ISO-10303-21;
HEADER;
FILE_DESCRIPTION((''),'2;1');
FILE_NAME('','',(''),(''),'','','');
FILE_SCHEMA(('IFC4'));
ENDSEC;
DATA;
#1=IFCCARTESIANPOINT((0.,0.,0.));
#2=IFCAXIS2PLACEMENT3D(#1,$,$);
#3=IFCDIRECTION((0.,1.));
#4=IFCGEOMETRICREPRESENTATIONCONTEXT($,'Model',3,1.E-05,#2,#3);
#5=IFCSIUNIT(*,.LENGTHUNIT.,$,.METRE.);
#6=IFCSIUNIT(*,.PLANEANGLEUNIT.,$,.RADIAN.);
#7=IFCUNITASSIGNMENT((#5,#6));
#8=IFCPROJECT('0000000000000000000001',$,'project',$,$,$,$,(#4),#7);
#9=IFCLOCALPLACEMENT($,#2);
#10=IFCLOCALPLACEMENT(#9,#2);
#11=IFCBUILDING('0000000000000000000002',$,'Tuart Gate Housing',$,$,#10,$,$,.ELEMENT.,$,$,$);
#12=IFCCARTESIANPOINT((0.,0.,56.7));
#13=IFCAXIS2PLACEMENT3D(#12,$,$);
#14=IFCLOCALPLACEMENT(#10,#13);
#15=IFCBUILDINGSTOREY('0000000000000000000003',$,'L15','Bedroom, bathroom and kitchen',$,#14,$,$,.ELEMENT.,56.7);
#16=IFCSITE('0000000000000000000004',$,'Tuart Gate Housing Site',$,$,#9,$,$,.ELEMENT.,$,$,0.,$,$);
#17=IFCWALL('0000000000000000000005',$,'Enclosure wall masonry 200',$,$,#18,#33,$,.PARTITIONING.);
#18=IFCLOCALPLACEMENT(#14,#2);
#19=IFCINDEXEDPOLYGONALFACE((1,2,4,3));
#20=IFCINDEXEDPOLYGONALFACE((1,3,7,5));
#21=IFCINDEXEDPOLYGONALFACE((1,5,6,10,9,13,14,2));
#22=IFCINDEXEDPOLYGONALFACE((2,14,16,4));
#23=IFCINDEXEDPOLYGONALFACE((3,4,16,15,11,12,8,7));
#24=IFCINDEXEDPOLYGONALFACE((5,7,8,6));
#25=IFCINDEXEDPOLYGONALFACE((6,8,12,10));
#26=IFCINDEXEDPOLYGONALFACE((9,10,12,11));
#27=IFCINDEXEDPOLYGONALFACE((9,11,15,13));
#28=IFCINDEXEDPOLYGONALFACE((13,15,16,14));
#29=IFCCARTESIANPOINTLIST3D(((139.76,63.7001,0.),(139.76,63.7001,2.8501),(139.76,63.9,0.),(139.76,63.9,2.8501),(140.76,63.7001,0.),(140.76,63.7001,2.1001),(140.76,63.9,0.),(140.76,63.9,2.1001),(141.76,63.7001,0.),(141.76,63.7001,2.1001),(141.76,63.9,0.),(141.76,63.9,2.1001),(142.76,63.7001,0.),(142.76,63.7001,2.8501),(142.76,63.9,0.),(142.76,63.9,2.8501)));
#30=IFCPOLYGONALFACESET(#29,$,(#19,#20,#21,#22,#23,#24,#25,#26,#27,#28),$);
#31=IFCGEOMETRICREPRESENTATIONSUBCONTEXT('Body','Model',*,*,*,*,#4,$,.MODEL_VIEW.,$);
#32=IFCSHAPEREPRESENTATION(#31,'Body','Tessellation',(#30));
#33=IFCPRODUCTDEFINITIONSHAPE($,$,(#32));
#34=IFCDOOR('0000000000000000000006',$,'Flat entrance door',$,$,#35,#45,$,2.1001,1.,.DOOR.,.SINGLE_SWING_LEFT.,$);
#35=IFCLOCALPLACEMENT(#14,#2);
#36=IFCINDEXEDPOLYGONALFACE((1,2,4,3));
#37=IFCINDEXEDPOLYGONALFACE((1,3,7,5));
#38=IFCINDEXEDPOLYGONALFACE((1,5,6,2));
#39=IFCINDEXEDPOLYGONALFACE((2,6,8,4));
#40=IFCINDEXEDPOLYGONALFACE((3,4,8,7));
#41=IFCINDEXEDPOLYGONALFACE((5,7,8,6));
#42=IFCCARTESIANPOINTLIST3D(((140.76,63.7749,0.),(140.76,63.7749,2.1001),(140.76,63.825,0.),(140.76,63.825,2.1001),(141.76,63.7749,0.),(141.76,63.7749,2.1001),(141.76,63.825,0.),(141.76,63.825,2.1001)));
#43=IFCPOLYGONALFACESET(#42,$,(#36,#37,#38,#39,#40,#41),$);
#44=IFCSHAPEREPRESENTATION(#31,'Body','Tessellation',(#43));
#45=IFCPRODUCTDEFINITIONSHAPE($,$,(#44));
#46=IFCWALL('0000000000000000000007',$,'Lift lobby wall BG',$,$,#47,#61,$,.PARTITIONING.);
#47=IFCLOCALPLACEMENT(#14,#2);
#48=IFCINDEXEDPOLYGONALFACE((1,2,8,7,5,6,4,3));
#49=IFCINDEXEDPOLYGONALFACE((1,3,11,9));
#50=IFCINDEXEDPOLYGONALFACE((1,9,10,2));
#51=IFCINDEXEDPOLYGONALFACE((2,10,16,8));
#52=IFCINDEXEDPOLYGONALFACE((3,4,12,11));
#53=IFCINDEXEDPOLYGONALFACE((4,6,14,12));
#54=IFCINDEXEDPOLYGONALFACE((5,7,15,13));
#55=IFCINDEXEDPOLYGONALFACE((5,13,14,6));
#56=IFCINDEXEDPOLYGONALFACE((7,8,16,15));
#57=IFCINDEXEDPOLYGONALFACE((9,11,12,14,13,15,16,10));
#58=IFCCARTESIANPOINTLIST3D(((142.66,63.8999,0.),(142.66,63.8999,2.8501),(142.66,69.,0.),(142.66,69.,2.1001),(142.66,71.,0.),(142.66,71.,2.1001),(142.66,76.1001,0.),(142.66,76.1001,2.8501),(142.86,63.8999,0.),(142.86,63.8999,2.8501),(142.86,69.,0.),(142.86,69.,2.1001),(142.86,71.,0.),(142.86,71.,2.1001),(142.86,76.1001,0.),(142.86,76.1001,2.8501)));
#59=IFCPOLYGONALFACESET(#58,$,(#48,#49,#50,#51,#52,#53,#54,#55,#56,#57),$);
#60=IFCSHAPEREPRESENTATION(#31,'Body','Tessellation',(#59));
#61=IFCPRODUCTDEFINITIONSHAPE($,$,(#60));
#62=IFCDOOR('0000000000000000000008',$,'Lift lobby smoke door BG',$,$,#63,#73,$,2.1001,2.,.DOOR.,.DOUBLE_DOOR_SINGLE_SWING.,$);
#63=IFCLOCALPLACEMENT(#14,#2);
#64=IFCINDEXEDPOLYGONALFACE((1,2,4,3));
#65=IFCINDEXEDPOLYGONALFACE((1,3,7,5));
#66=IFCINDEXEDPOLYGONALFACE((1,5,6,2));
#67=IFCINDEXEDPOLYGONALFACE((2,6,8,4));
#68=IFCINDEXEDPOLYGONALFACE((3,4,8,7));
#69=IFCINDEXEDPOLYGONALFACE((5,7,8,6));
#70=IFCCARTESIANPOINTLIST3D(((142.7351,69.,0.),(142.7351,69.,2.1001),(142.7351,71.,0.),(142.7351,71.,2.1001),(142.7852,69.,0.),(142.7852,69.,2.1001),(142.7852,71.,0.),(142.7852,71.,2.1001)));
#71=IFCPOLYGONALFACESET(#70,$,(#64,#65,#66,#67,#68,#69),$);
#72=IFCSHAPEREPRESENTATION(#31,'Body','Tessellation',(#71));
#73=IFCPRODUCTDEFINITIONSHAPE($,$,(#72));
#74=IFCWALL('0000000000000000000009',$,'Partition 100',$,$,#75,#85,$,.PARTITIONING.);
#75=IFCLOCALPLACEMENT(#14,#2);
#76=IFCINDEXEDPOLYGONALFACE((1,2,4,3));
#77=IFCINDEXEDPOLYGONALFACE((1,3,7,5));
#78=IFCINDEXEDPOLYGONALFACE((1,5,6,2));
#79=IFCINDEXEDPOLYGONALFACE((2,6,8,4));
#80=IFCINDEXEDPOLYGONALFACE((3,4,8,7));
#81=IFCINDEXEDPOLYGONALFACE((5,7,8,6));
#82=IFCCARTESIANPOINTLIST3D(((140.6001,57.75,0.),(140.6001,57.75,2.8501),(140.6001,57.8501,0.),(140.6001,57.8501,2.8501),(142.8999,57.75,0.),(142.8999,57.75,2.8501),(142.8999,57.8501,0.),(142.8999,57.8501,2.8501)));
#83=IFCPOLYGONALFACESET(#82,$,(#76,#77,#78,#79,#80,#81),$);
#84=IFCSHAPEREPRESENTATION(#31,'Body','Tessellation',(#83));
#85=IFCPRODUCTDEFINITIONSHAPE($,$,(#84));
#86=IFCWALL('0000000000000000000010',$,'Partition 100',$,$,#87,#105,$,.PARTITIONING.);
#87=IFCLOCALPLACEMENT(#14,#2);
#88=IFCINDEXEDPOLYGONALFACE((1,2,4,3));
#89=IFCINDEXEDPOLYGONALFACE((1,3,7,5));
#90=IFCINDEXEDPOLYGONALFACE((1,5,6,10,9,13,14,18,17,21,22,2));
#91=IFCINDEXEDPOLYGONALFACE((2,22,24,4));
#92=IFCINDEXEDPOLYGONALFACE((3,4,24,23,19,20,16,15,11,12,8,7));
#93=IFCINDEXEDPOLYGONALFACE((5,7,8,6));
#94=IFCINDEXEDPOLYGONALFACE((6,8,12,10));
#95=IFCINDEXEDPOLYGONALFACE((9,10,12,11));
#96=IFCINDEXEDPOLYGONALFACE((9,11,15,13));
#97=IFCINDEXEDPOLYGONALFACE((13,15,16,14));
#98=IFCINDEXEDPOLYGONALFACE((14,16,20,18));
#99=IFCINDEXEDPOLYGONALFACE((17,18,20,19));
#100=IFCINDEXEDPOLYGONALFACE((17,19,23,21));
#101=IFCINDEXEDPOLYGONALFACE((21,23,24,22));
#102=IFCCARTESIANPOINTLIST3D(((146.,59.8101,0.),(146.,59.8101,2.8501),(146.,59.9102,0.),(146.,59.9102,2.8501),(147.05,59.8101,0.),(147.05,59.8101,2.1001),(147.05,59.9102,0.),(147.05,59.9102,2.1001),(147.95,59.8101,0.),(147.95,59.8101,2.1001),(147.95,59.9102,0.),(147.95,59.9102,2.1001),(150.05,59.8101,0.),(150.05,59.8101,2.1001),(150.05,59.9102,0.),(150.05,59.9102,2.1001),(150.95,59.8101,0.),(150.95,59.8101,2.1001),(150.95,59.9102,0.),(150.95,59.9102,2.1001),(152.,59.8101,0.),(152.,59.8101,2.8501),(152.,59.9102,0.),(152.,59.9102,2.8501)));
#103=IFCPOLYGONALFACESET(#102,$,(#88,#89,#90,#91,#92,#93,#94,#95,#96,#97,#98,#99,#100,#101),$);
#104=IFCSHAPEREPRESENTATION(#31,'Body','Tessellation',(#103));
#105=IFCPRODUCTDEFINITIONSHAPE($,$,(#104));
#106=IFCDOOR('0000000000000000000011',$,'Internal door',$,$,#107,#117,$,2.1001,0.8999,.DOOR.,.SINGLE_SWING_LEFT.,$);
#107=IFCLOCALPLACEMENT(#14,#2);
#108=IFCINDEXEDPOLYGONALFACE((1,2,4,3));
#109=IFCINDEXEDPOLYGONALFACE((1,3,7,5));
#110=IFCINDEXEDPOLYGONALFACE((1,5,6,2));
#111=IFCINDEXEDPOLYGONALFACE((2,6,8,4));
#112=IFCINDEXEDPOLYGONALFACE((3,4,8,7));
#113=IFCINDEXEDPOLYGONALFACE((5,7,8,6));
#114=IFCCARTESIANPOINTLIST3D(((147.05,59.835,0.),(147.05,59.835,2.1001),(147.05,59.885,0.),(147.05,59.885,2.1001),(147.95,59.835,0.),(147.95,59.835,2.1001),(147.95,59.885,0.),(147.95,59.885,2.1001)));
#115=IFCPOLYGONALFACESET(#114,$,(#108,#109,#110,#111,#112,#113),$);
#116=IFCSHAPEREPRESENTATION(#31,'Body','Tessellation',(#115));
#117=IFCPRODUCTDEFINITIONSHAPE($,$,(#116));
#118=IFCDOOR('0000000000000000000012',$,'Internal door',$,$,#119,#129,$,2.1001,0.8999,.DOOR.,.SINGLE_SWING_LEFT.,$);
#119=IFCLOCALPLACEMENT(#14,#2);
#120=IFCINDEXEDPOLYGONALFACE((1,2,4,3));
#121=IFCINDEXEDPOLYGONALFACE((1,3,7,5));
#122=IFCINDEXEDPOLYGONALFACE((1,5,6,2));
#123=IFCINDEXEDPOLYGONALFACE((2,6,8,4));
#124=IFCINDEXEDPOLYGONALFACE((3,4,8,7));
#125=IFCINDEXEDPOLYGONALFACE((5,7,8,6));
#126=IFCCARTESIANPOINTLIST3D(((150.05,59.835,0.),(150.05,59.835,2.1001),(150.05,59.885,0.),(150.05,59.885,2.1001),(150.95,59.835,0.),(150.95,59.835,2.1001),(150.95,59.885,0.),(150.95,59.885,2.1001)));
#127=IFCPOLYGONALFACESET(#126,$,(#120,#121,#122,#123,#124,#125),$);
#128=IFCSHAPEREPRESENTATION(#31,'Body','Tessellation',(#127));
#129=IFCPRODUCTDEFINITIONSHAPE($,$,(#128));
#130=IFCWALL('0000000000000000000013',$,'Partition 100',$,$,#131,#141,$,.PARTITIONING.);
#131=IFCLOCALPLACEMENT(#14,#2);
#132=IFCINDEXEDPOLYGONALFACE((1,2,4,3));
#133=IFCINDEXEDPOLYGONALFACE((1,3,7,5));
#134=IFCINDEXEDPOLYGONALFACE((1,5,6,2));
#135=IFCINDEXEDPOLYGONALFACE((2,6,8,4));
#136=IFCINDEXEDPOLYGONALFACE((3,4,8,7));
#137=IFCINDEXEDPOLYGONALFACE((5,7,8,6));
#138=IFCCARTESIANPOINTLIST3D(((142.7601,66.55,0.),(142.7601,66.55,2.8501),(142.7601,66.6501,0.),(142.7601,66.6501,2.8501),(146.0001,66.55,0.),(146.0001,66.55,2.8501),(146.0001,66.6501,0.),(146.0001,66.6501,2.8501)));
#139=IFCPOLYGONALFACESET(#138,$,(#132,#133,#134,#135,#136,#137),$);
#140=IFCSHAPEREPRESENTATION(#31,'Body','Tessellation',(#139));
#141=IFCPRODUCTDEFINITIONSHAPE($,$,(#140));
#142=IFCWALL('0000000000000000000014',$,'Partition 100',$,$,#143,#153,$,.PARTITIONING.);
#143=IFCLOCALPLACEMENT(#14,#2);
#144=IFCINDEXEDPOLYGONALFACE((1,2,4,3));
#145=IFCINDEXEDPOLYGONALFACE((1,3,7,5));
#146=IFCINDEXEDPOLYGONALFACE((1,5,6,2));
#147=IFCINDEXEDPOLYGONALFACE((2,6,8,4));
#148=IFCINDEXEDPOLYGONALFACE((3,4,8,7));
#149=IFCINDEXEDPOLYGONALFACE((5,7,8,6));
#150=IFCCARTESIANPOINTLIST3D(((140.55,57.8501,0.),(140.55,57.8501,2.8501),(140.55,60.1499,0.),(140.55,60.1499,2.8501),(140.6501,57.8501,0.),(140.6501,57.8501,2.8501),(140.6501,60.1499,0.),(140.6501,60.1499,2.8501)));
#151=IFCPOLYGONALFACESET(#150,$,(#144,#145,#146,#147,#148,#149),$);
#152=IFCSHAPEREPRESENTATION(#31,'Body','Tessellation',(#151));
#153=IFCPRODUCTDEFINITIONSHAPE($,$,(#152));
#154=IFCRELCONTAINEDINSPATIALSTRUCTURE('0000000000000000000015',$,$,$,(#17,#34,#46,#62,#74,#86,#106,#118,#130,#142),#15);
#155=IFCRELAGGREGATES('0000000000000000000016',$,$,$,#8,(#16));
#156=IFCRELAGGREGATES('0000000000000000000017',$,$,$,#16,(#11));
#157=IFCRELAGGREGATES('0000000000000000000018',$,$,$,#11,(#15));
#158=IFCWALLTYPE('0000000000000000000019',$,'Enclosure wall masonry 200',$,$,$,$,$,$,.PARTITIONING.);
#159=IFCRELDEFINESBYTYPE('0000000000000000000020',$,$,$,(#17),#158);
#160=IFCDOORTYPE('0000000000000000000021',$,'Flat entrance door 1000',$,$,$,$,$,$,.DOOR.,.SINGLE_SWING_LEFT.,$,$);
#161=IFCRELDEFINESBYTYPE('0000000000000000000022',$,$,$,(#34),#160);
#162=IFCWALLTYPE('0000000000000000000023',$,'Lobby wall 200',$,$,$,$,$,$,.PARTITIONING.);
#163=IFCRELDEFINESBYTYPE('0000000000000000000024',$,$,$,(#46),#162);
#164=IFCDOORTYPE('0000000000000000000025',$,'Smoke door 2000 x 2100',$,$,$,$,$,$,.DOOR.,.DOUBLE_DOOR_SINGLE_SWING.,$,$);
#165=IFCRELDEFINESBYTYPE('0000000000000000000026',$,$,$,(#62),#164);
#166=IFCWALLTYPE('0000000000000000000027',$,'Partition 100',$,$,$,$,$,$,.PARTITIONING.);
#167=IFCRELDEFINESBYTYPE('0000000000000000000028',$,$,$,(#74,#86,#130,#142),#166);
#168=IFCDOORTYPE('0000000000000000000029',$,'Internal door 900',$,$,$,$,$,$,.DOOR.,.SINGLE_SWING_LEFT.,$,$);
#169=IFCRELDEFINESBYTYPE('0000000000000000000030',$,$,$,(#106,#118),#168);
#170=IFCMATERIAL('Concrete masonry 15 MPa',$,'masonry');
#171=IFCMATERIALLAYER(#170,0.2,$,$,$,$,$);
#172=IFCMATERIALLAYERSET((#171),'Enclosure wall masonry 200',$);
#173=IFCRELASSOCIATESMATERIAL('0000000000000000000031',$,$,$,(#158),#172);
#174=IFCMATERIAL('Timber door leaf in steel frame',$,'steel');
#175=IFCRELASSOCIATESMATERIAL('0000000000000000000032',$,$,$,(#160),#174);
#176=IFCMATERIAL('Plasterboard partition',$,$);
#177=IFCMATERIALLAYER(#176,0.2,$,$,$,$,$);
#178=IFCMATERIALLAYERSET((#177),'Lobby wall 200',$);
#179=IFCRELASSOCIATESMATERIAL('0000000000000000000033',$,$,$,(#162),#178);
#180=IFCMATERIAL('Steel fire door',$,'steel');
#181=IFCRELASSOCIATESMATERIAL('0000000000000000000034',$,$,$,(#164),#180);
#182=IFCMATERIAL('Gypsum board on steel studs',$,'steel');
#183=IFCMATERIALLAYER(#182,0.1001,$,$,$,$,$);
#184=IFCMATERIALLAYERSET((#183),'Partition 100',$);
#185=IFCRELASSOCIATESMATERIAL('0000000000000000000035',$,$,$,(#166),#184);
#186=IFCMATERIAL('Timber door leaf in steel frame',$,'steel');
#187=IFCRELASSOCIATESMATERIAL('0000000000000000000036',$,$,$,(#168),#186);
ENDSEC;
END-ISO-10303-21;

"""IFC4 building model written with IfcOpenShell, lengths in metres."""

from ifc_helpers import new_model, si_unit, direction, frame, frame_2d, origin, place, context, subcontext, project, spatial, rectangle, extrude, material, layer, layer_set, type_object, element, fill, save


model = new_model("IFC4")

# Units and contexts
model_context = context("Model", 3, precision=1e-05, world=origin(), true_north=direction((0.0, 1.0)))
body_context = subcontext(model_context, "Body", "Model", "MODEL_VIEW")
ifc_project = project(units=[si_unit("LENGTHUNIT", "METRE"), si_unit("PLANEANGLEUNIT", "RADIAN")], contexts=[model_context])

# Site, building, storey
site_placement = place(None, origin())
site = spatial("IfcSite", under=ifc_project, at=site_placement, Name="Tuart Gate Housing Site", CompositionType="ELEMENT", RefElevation=0.0)
building_placement = place(site_placement, origin())
building = spatial("IfcBuilding", under=site, at=building_placement, Name="Tuart Gate Housing", CompositionType="ELEMENT")
storey_placement = place(building_placement, frame((0.0, 0.0, 56.7)))
storey = spatial("IfcBuildingStorey", under=building, at=storey_placement, Name="L15", Description="Bedroom, bathroom and kitchen", CompositionType="ELEMENT", Elevation=56.7)

# Walls, openings, doors
ifc_material_1 = material(Name="Concrete masonry 15 MPa", Category="masonry")
ifc_layer_1 = layer(ifc_material_1, 0.2)
ifc_layer_set_1 = layer_set([ifc_layer_1], Name="Enclosure wall masonry 200")
wall_type_1 = type_object("IfcWallType", Name="Enclosure wall masonry 200", PredefinedType="PARTITIONING", material=ifc_layer_set_1)
wall_1_placement = place(storey_placement, frame((139.76, 63.8, 0.0), z_axis=(0.0, 0.0, 1.0), x_axis=(1.0, 0.0, 0.0)))
wall_1 = element("IfcWall", 1, at=wall_1_placement, inside=storey, type_object=wall_type_1, Name="Enclosure wall masonry 200", PredefinedType="PARTITIONING", context=body_context, shape_type="SweptSolid", body=[
    extrude(rectangle(XDim=3.0, YDim=0.2, at=frame_2d((1.5, 0.0))), origin(), (0.0, 0.0, 1.0), 2.8501),
])
opening_1_placement = place(wall_1_placement, frame((1.0, 0.0, 0.0)))
opening_1 = element("IfcOpeningElement", 2, at=opening_1_placement, cuts=wall_1, PredefinedType="OPENING", context=body_context, shape_type="SweptSolid", body=[
    extrude(rectangle(XDim=1.0, YDim=2.1001, at=frame_2d((0.5, 1.05))), frame((0.0, 0.1099, 0.0), z_axis=(0.0, -1.0, 0.0), x_axis=(1.0, 0.0, 0.0)), (0.0, 0.0, 1.0), 0.22),
])
ifc_material_2 = material(Name="Timber door leaf in steel frame", Category="steel")
door_type_1 = type_object("IfcDoorType", Name="Flat entrance door 1000", OperationType="SINGLE_SWING_LEFT", PredefinedType="DOOR", material=ifc_material_2)
door_1_placement = place(opening_1_placement, frame((1.0, 0.0, 0.0), z_axis=(0.0, 0.0, 1.0), x_axis=(-1.0, 0.0, 0.0)))
door_1 = element("IfcDoor", 3, at=door_1_placement, inside=storey, type_object=door_type_1, Name="Flat entrance door", OperationType="SINGLE_SWING_LEFT", OverallHeight=2.1001, OverallWidth=1.0, PredefinedType="DOOR", context=body_context, shape_type="SweptSolid", body=[
    extrude(rectangle(XDim=1.0, YDim=2.1001, at=frame_2d((0.5, 1.05))), frame((0.0, 0.0251, 0.0), z_axis=(0.0, -1.0, 0.0), x_axis=(1.0, 0.0, 0.0)), (0.0, 0.0, 1.0), 0.05),
])
fill(opening_1, door_1)
ifc_material_3 = material(Name="Plasterboard partition")
ifc_layer_2 = layer(ifc_material_3, 0.2)
ifc_layer_set_2 = layer_set([ifc_layer_2], Name="Lobby wall 200")
wall_type_2 = type_object("IfcWallType", Name="Lobby wall 200", PredefinedType="PARTITIONING", material=ifc_layer_set_2)
wall_2_placement = place(storey_placement, frame((142.76, 63.8999, 0.0), z_axis=(0.0, 0.0, 1.0), x_axis=(0.0, 1.0, 0.0)))
wall_2 = element("IfcWall", 4, at=wall_2_placement, inside=storey, type_object=wall_type_2, Name="Lift lobby wall BG", PredefinedType="PARTITIONING", context=body_context, shape_type="SweptSolid", body=[
    extrude(rectangle(XDim=12.2002, YDim=0.2, at=frame_2d((6.1001, 0.0))), origin(), (0.0, 0.0, 1.0), 2.8501),
])
opening_2_placement = place(wall_2_placement, frame((5.1001, 0.0, 0.0)))
opening_2 = element("IfcOpeningElement", 5, at=opening_2_placement, cuts=wall_2, PredefinedType="OPENING", context=body_context, shape_type="SweptSolid", body=[
    extrude(rectangle(XDim=2.0, YDim=2.1001, at=frame_2d((1.0, 1.05))), frame((0.0, 0.1099, 0.0), z_axis=(0.0, -1.0, 0.0), x_axis=(1.0, 0.0, 0.0)), (0.0, 0.0, 1.0), 0.22),
])
ifc_material_4 = material(Name="Steel fire door", Category="steel")
door_type_2 = type_object("IfcDoorType", Name="Smoke door 2000 x 2100", OperationType="DOUBLE_DOOR_SINGLE_SWING", PredefinedType="DOOR", material=ifc_material_4)
door_2_placement = place(opening_2_placement, origin())
door_2 = element("IfcDoor", 6, at=door_2_placement, inside=storey, type_object=door_type_2, Name="Lift lobby smoke door BG", OperationType="DOUBLE_DOOR_SINGLE_SWING", OverallHeight=2.1001, OverallWidth=2.0, PredefinedType="DOOR", context=body_context, shape_type="SweptSolid", body=[
    extrude(rectangle(XDim=2.0, YDim=2.1001, at=frame_2d((1.0, 1.05))), frame((0.0, 0.0249, 0.0), z_axis=(0.0, -1.0, 0.0), x_axis=(1.0, 0.0, 0.0)), (0.0, 0.0, 1.0), 0.05),
])
fill(opening_2, door_2)

# Wall
ifc_material_5 = material(Name="Gypsum board on steel studs", Category="steel")
ifc_layer_3 = layer(ifc_material_5, 0.1001)
ifc_layer_set_3 = layer_set([ifc_layer_3], Name="Partition 100")
wall_type_3 = type_object("IfcWallType", Name="Partition 100", PredefinedType="PARTITIONING", material=ifc_layer_set_3)
wall_3_placement = place(storey_placement, frame((140.6001, 57.8, 0.0), z_axis=(0.0, 0.0, 1.0), x_axis=(1.0, 0.0, 0.0)))
element("IfcWall", 7, at=wall_3_placement, inside=storey, type_object=wall_type_3, Name="Partition 100", PredefinedType="PARTITIONING", context=body_context, shape_type="SweptSolid", body=[
    extrude(rectangle(XDim=2.2998, YDim=0.1001, at=frame_2d((1.1499, 0.0))), origin(), (0.0, 0.0, 1.0), 2.8501),
])

# Wall, openings, doors
wall_4_placement = place(storey_placement, frame((146.0, 59.8601, 0.0), z_axis=(0.0, 0.0, 1.0), x_axis=(1.0, 0.0, 0.0)))
wall_4 = element("IfcWall", 8, at=wall_4_placement, inside=storey, type_object=wall_type_3, Name="Partition 100", PredefinedType="PARTITIONING", context=body_context, shape_type="SweptSolid", body=[
    extrude(rectangle(XDim=6.0, YDim=0.1001, at=frame_2d((3.0, 0.0))), origin(), (0.0, 0.0, 1.0), 2.8501),
])
opening_3_placement = place(wall_4_placement, frame((1.05, 0.0, 0.0)))
opening_3 = element("IfcOpeningElement", 9, at=opening_3_placement, cuts=wall_4, PredefinedType="OPENING", context=body_context, shape_type="SweptSolid", body=[
    extrude(rectangle(XDim=0.8999, YDim=2.1001, at=frame_2d((0.45, 1.05))), frame((0.0, 0.0601, 0.0), z_axis=(0.0, -1.0, 0.0), x_axis=(1.0, 0.0, 0.0)), (0.0, 0.0, 1.0), 0.1201),
])
opening_4_placement = place(wall_4_placement, frame((4.05, 0.0, 0.0)))
opening_4 = element("IfcOpeningElement", 10, at=opening_4_placement, cuts=wall_4, PredefinedType="OPENING", context=body_context, shape_type="SweptSolid", body=[
    extrude(rectangle(XDim=0.8999, YDim=2.1001, at=frame_2d((0.45, 1.05))), frame((0.0, 0.0601, 0.0), z_axis=(0.0, -1.0, 0.0), x_axis=(1.0, 0.0, 0.0)), (0.0, 0.0, 1.0), 0.1201),
])
ifc_material_6 = material(Name="Timber door leaf in steel frame", Category="steel")
door_type_3 = type_object("IfcDoorType", Name="Internal door 900", OperationType="SINGLE_SWING_LEFT", PredefinedType="DOOR", material=ifc_material_6)
door_3_placement = place(opening_3_placement, origin())
door_3 = element("IfcDoor", 11, at=door_3_placement, inside=storey, type_object=door_type_3, Name="Internal door", OperationType="SINGLE_SWING_LEFT", OverallHeight=2.1001, OverallWidth=0.8999, PredefinedType="DOOR", context=body_context, shape_type="SweptSolid", body=[
    extrude(rectangle(XDim=0.8999, YDim=2.1001, at=frame_2d((0.45, 1.05))), frame((0.0, 0.0249, 0.0), z_axis=(0.0, -1.0, 0.0), x_axis=(1.0, 0.0, 0.0)), (0.0, 0.0, 1.0), 0.05),
])
fill(opening_3, door_3)
door_4_placement = place(opening_4_placement, origin())
door_4 = element("IfcDoor", 12, at=door_4_placement, inside=storey, type_object=door_type_3, Name="Internal door", OperationType="SINGLE_SWING_LEFT", OverallHeight=2.1001, OverallWidth=0.8999, PredefinedType="DOOR", context=body_context, shape_type="SweptSolid", body=[
    extrude(rectangle(XDim=0.8999, YDim=2.1001, at=frame_2d((0.45, 1.05))), frame((0.0, 0.0249, 0.0), z_axis=(0.0, -1.0, 0.0), x_axis=(1.0, 0.0, 0.0)), (0.0, 0.0, 1.0), 0.05),
])
fill(opening_4, door_4)

# Walls
wall_5_placement = place(storey_placement, frame((142.76, 66.6001, 0.0), z_axis=(0.0, 0.0, 1.0), x_axis=(1.0, 0.0, 0.0)))
element("IfcWall", 13, at=wall_5_placement, inside=storey, type_object=wall_type_3, Name="Partition 100", PredefinedType="PARTITIONING", context=body_context, shape_type="SweptSolid", body=[
    extrude(rectangle(XDim=3.24, YDim=0.1001, at=frame_2d((1.6201, 0.0))), origin(), (0.0, 0.0, 1.0), 2.8501),
])
wall_6_placement = place(storey_placement, frame((140.6001, 57.8501, 0.0), z_axis=(0.0, 0.0, 1.0), x_axis=(0.0, 1.0, 0.0)))
element("IfcWall", 14, at=wall_6_placement, inside=storey, type_object=wall_type_3, Name="Partition 100", PredefinedType="PARTITIONING", context=body_context, shape_type="SweptSolid", body=[
    extrude(rectangle(XDim=2.2998, YDim=0.1001, at=frame_2d((1.1499, 0.0))), origin(), (0.0, 0.0, 1.0), 2.8501),
])

save(model, "model.ifc")
